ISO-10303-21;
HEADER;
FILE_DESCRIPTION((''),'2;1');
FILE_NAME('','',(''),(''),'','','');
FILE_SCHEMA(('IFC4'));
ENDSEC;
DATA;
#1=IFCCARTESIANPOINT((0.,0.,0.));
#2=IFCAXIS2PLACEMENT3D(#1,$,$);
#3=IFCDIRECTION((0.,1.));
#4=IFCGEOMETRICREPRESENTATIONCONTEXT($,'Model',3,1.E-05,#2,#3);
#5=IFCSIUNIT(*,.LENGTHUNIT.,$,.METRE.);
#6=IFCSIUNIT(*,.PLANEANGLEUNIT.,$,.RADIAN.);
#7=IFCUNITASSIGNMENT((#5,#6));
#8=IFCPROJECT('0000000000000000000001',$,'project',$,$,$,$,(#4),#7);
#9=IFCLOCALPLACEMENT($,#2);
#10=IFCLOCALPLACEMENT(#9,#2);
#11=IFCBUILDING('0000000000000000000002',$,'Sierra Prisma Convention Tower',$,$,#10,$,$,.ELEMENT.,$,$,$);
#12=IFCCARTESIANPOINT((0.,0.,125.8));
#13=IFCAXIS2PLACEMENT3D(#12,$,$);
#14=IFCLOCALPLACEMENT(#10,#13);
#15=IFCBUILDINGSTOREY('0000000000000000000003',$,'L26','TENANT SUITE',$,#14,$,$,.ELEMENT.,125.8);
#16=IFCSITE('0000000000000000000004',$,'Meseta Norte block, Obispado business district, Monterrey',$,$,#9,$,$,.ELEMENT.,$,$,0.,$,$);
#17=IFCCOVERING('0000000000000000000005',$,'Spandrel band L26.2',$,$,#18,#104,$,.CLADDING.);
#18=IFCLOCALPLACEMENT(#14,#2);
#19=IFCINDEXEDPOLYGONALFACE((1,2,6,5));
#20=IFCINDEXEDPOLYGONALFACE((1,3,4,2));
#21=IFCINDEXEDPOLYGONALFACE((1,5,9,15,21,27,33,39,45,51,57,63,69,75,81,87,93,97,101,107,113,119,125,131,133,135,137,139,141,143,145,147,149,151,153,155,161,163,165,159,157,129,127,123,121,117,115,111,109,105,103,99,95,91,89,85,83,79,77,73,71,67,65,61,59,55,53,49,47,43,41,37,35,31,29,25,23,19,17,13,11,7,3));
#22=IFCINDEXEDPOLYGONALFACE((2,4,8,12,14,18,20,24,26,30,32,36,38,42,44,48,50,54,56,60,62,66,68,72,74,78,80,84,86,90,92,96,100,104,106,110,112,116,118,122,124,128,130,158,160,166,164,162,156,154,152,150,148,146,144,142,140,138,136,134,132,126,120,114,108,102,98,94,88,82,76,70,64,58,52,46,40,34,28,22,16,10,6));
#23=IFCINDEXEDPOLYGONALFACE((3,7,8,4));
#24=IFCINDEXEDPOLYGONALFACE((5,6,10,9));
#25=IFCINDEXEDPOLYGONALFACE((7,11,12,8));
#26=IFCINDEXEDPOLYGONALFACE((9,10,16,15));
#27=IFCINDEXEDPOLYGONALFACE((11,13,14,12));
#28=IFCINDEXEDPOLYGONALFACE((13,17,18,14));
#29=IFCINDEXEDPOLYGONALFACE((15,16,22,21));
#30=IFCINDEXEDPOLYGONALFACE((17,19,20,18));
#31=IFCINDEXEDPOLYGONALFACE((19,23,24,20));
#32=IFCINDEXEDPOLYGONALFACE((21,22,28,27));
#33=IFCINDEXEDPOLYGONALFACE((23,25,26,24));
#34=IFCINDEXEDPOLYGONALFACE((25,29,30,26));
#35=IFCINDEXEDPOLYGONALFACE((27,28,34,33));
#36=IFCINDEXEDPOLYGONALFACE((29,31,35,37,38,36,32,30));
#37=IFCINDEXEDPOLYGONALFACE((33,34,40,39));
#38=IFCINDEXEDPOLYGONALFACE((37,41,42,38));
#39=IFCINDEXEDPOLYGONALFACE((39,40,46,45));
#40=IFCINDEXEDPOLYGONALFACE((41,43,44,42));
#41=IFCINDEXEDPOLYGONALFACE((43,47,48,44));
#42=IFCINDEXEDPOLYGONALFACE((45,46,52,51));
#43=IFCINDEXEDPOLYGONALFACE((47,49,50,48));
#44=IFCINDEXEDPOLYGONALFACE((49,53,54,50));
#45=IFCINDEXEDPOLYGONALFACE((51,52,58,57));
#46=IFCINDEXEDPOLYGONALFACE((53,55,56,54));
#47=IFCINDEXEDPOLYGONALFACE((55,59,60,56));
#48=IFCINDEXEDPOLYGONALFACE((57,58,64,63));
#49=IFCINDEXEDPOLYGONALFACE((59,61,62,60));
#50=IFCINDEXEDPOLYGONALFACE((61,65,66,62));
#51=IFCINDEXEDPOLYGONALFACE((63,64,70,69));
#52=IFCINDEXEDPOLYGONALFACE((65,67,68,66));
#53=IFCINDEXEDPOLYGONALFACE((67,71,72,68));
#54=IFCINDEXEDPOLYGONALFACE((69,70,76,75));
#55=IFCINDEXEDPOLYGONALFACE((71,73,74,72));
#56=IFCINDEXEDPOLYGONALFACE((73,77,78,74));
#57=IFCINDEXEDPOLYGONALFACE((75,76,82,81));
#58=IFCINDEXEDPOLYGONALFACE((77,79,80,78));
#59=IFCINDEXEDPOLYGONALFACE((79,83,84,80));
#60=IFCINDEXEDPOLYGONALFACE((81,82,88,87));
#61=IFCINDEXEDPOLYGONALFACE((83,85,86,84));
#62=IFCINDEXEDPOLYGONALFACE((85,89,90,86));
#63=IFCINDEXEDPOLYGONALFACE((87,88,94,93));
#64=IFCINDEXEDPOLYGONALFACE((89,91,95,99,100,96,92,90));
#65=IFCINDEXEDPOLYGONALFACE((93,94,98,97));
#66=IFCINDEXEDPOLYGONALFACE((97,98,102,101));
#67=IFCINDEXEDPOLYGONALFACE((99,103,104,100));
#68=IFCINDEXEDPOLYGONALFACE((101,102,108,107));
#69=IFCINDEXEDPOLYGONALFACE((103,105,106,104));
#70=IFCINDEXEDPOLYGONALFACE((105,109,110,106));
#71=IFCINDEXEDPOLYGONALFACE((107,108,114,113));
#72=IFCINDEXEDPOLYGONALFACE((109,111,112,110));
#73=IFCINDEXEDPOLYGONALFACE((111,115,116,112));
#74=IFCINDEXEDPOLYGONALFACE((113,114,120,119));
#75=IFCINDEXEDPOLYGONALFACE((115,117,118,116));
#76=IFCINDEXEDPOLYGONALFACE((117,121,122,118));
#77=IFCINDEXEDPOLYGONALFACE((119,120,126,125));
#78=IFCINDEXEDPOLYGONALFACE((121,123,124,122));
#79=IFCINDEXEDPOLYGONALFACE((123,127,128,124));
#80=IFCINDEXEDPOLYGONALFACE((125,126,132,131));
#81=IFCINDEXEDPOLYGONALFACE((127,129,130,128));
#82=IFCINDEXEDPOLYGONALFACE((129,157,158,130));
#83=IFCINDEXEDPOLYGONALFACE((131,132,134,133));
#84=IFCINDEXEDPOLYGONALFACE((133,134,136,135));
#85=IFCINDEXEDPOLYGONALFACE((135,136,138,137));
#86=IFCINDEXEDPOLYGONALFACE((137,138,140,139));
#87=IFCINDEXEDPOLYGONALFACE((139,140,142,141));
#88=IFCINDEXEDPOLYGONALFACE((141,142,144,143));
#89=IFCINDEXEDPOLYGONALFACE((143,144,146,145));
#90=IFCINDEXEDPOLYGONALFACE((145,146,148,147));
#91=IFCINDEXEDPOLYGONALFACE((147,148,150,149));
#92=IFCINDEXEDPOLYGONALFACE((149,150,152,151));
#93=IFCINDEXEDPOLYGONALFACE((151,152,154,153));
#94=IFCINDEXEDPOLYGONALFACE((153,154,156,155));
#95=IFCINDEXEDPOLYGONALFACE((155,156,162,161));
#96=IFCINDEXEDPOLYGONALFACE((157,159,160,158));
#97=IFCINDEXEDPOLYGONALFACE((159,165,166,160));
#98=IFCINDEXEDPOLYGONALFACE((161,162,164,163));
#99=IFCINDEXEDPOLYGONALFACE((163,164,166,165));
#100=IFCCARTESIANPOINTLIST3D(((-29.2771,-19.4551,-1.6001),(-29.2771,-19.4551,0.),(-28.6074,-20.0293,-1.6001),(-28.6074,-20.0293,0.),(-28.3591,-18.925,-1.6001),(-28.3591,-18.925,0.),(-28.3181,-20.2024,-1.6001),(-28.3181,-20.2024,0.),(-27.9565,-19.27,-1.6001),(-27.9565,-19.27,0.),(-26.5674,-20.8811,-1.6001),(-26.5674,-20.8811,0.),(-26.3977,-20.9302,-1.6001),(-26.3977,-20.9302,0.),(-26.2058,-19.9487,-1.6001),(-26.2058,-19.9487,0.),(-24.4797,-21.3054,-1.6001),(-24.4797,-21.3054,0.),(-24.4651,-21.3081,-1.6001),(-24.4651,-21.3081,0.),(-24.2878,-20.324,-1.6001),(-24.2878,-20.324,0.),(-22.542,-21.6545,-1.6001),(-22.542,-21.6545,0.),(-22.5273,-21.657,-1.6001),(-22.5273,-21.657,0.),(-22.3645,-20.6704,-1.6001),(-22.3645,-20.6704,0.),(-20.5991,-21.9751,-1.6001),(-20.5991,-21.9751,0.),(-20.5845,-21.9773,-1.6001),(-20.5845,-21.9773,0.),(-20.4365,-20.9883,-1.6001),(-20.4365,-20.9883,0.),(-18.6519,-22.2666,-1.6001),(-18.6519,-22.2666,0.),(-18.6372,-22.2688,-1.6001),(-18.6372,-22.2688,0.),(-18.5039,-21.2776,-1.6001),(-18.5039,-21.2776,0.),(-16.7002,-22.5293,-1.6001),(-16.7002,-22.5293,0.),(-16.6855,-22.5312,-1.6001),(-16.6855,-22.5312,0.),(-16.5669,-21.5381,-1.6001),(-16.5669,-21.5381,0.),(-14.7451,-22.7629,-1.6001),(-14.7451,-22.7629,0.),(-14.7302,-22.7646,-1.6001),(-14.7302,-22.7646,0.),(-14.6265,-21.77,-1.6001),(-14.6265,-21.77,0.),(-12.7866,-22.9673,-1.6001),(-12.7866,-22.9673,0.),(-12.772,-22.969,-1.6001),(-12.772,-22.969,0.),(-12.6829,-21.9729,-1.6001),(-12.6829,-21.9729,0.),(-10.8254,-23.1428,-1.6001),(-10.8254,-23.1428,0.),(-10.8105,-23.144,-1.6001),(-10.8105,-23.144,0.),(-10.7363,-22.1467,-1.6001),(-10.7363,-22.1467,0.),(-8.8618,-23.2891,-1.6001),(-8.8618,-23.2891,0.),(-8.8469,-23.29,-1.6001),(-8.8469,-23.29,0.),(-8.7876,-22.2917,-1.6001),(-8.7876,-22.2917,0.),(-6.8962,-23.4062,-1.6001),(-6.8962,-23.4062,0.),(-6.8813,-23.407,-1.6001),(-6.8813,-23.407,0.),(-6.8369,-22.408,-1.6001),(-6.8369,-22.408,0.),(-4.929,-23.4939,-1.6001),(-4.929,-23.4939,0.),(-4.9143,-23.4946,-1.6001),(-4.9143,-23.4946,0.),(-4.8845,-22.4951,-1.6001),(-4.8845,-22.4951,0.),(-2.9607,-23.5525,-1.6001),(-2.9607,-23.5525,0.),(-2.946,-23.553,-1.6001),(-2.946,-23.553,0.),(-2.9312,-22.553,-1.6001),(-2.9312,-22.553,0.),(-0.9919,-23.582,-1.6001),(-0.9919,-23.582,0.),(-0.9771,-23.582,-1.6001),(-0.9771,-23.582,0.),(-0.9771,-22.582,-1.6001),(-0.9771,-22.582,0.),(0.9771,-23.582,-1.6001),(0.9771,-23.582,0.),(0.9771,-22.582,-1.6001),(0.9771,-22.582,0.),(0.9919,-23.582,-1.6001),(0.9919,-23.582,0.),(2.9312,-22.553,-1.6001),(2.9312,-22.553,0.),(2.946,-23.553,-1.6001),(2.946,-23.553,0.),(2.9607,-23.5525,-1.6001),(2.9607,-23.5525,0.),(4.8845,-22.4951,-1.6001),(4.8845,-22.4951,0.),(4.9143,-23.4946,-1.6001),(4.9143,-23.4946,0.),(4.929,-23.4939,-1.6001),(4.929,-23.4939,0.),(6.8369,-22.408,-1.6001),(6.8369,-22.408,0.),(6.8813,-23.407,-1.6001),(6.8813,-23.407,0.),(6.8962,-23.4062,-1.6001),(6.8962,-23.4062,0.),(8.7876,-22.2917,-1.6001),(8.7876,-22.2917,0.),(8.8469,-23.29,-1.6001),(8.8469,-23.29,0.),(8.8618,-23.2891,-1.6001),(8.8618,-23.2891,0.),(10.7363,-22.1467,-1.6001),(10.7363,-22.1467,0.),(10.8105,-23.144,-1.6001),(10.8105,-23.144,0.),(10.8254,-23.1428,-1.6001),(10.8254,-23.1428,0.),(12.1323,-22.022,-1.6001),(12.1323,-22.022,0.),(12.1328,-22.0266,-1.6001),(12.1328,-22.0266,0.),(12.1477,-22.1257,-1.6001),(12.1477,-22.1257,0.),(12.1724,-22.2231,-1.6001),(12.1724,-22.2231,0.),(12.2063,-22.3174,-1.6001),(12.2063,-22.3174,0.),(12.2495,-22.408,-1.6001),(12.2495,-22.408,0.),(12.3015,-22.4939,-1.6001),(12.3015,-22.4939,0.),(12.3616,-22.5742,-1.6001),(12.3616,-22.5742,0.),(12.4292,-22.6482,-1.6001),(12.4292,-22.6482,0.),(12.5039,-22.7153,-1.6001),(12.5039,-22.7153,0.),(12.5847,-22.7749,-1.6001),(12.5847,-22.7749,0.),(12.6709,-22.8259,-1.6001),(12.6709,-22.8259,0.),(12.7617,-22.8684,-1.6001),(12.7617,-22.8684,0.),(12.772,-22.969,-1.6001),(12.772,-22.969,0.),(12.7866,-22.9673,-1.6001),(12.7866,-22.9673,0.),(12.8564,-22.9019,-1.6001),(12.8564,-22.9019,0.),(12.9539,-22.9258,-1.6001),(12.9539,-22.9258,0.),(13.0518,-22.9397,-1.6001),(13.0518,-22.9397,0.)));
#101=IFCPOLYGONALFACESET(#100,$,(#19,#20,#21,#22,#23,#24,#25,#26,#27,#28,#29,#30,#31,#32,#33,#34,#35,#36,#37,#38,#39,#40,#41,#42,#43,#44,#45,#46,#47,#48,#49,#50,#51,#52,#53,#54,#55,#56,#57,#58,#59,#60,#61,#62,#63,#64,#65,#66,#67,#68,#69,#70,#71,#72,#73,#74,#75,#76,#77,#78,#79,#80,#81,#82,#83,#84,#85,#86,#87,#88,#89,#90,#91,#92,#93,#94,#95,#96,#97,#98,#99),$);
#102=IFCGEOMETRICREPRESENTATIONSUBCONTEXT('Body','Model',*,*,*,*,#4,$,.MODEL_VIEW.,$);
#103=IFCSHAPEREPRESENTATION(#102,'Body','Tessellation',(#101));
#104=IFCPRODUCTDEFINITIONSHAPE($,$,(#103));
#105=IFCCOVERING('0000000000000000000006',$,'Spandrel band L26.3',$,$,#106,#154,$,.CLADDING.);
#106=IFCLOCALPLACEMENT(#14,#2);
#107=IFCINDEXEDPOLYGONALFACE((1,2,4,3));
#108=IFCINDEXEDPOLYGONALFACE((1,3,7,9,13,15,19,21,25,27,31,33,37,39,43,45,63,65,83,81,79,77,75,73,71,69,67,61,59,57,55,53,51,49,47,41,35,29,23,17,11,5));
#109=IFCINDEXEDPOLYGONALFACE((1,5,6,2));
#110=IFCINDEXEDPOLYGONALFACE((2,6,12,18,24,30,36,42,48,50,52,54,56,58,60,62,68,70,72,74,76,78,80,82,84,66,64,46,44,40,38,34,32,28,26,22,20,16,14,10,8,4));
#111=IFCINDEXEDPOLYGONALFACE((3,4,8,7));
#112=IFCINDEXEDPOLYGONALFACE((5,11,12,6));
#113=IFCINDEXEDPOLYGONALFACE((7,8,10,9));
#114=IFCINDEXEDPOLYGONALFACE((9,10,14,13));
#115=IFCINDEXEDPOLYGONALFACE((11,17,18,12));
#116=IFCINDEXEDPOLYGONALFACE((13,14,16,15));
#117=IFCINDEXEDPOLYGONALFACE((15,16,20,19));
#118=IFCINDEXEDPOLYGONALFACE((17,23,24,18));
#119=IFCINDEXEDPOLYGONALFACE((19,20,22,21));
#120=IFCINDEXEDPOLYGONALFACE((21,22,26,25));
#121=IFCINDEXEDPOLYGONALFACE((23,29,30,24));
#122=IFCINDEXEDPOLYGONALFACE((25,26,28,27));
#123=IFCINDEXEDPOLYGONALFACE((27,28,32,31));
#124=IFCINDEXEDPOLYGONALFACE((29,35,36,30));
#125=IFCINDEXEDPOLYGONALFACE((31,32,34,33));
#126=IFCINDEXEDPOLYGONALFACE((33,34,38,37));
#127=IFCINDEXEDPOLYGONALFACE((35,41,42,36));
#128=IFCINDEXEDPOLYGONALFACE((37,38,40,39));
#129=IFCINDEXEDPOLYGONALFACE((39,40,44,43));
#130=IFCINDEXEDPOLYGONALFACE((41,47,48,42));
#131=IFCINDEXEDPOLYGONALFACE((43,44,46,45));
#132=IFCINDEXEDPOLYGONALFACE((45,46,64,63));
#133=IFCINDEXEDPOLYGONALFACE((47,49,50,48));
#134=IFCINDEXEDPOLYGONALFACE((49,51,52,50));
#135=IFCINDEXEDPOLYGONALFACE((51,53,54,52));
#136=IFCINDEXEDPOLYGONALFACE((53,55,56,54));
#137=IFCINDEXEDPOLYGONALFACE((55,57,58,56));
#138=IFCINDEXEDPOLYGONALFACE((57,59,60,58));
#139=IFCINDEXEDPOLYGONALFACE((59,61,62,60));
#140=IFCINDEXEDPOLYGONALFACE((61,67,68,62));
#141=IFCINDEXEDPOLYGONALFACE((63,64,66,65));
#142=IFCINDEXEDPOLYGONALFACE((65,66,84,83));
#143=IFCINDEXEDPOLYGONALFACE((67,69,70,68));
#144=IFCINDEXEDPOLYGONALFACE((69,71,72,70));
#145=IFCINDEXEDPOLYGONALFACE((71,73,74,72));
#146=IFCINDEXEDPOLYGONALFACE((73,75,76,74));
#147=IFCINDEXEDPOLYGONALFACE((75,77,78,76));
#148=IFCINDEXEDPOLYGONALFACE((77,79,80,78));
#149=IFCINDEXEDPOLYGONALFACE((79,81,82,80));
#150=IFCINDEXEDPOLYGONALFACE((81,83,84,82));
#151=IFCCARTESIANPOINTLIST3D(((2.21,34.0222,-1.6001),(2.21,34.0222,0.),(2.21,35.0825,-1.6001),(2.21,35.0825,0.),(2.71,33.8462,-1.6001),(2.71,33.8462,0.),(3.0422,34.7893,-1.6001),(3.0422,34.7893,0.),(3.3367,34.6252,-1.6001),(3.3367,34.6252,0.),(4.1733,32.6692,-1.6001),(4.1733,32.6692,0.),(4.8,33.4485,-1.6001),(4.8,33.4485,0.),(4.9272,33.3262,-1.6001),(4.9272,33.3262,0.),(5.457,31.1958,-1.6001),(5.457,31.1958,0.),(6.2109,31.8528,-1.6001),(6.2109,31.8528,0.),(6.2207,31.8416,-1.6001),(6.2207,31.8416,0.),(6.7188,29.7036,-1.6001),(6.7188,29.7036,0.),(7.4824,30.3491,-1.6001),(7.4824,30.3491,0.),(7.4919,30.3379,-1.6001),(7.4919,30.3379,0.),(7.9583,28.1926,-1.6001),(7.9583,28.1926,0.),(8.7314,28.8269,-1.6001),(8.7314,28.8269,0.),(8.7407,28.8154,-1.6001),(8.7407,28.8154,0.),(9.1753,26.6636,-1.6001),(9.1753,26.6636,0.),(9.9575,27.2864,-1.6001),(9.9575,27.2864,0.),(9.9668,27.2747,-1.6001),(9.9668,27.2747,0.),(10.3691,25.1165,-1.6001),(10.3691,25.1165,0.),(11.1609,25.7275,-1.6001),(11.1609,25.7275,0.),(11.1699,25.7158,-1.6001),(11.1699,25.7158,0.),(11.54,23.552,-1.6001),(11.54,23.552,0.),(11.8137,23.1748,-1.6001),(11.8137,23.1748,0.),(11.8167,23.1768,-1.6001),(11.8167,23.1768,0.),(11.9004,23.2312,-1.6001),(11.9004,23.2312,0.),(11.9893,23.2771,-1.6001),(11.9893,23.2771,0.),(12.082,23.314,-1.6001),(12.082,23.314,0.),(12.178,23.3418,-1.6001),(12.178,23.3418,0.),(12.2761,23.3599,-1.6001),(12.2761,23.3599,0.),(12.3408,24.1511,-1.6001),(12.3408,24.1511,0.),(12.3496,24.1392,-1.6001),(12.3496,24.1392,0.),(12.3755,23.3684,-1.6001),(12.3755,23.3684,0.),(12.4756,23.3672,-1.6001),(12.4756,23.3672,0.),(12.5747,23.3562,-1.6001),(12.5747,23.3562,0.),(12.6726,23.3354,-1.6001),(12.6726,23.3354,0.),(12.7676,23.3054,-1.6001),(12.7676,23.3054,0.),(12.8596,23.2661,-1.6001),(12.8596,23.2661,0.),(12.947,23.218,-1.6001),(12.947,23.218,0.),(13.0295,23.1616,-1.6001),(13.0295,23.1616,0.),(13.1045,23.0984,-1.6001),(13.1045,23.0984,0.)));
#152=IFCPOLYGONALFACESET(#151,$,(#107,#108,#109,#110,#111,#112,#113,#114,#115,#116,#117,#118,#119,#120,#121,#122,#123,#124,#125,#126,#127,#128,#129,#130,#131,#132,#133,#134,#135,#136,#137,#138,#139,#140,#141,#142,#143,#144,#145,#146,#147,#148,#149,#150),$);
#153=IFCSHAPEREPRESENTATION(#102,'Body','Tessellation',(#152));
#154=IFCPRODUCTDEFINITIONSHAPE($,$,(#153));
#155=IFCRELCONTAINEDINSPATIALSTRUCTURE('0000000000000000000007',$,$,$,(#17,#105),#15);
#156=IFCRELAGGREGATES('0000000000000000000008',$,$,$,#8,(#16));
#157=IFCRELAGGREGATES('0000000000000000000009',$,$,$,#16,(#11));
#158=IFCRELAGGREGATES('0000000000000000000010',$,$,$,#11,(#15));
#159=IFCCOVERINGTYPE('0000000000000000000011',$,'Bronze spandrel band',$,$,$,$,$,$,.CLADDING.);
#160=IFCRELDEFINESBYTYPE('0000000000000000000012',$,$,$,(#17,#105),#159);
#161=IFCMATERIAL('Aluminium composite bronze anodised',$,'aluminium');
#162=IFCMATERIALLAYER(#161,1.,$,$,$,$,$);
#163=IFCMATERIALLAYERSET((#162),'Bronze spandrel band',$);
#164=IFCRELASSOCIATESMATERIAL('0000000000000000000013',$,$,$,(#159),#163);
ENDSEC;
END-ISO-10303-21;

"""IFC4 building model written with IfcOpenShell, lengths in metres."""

from ifc_helpers import new_model, si_unit, direction, frame, origin, place, context, subcontext, project, spatial, polyline, outline, extrude, material, layer, layer_set, type_object, element, save


model = new_model("IFC4")

# Units and contexts
model_context = context("Model", 3, precision=1e-05, world=origin(), true_north=direction((0.0, 1.0)))
body_context = subcontext(model_context, "Body", "Model", "MODEL_VIEW")
ifc_project = project(units=[si_unit("LENGTHUNIT", "METRE"), si_unit("PLANEANGLEUNIT", "RADIAN")], contexts=[model_context])

# Site, building, storey
site_placement = place(None, origin())
site = spatial("IfcSite", under=ifc_project, at=site_placement, Name="Meseta Norte block, Obispado business district, Monterrey", CompositionType="ELEMENT", RefElevation=0.0)
building_placement = place(site_placement, origin())
building = spatial("IfcBuilding", under=site, at=building_placement, Name="Sierra Prisma Convention Tower", CompositionType="ELEMENT")
storey_placement = place(building_placement, frame((0.0, 0.0, 125.8)))
storey = spatial("IfcBuildingStorey", under=building, at=storey_placement, Name="L26", Description="TENANT SUITE", CompositionType="ELEMENT", Elevation=125.8)

# Coverings
ifc_material_1 = material(Name="Aluminium composite bronze anodised", Category="aluminium")
ifc_layer_1 = layer(ifc_material_1, 1.0)
ifc_layer_set_1 = layer_set([ifc_layer_1], Name="Bronze spandrel band")
covering_type_1 = type_object("IfcCoveringType", Name="Bronze spandrel band", PredefinedType="CLADDING", material=ifc_layer_set_1)
covering_1_placement = place(storey_placement, frame((0.0, 0.0, -1.6001)))
element("IfcCovering", 1, at=covering_1_placement, inside=storey, type_object=covering_type_1, Name="Spandrel band L26.2", PredefinedType="CLADDING", context=body_context, shape_type="SweptSolid", body=[
    extrude(outline(polyline([(-26.2058, -19.9487), (-24.2878, -20.324), (-22.3645, -20.6704), (-20.4365, -20.9883), (-18.5039, -21.2776), (-16.5669, -21.5381), (-14.6265, -21.77), (-12.6829, -21.9729), (-10.7363, -22.1467), (-8.7876, -22.2917), (-6.8369, -22.408), (-4.8845, -22.4951), (-2.9312, -22.553), (-0.9771, -22.582), (0.9771, -22.582), (2.9312, -22.553), (4.8845, -22.4951), (6.8369, -22.408), (8.7876, -22.2917), (10.7363, -22.1467), (12.1323, -22.022), (12.1328, -22.0266), (12.1477, -22.1257), (12.1724, -22.2231), (12.2063, -22.3174), (12.2495, -22.408), (12.3015, -22.4939), (12.3616, -22.5742), (12.4292, -22.6482), (12.5039, -22.7153), (12.5847, -22.7749), (12.6709, -22.8259), (12.7617, -22.8684), (12.8564, -22.9019), (12.9539, -22.9258), (13.0518, -22.9397), (12.7866, -22.9673), (12.772, -22.969), (10.8254, -23.1428), (10.8105, -23.144), (8.8618, -23.2891), (8.8469, -23.29), (6.8962, -23.4062), (6.8813, -23.407), (4.929, -23.4939), (4.9143, -23.4946), (2.9607, -23.5525), (2.946, -23.553), (0.9919, -23.582), (0.9771, -23.582), (-0.9771, -23.582), (-0.9919, -23.582), (-2.946, -23.553), (-2.9607, -23.5525), (-4.9143, -23.4946), (-4.929, -23.4939), (-6.8813, -23.407), (-6.8962, -23.4062), (-8.8469, -23.29), (-8.8618, -23.2891), (-10.8105, -23.144), (-10.8254, -23.1428), (-12.772, -22.969), (-12.7866, -22.9673), (-14.7302, -22.7646), (-14.7451, -22.7629), (-16.6855, -22.5312), (-16.7002, -22.5293), (-18.6372, -22.2688), (-18.6519, -22.2666), (-20.5845, -21.9773), (-20.5991, -21.9751), (-22.5273, -21.657), (-22.542, -21.6545), (-24.4651, -21.3081), (-24.4797, -21.3054), (-26.3977, -20.9302), (-26.5674, -20.8811), (-28.3181, -20.2024), (-28.6074, -20.0293), (-29.2771, -19.4551), (-28.3591, -18.925), (-27.9565, -19.27), (-26.2058, -19.9487)])), origin(), (0.0, 0.0, 1.0), 1.6001),
])
covering_2_placement = place(storey_placement, frame((0.0, 0.0, -1.6001)))
element("IfcCovering", 2, at=covering_2_placement, inside=storey, type_object=covering_type_1, Name="Spandrel band L26.3", PredefinedType="CLADDING", context=body_context, shape_type="SweptSolid", body=[
    extrude(outline(polyline([(4.8, 33.4485), (4.9272, 33.3262), (6.2109, 31.8528), (6.2207, 31.8416), (7.4824, 30.3491), (7.4919, 30.3379), (8.7314, 28.8269), (8.7407, 28.8154), (9.9575, 27.2864), (9.9668, 27.2747), (11.1609, 25.7275), (11.1699, 25.7158), (12.3408, 24.1511), (12.3496, 24.1392), (13.1045, 23.0984), (13.0295, 23.1616), (12.947, 23.218), (12.8596, 23.2661), (12.7676, 23.3054), (12.6726, 23.3354), (12.5747, 23.3562), (12.4756, 23.3672), (12.3755, 23.3684), (12.2761, 23.3599), (12.178, 23.3418), (12.082, 23.314), (11.9893, 23.2771), (11.9004, 23.2312), (11.8167, 23.1768), (11.8137, 23.1748), (11.54, 23.552), (10.3691, 25.1165), (9.1753, 26.6636), (7.9583, 28.1926), (6.7188, 29.7036), (5.457, 31.1958), (4.1733, 32.6692), (2.71, 33.8462), (2.21, 34.0222), (2.21, 35.0825), (3.0422, 34.7893), (3.3367, 34.6252), (4.8, 33.4485)])), origin(), (0.0, 0.0, 1.0), 1.6001),
])

save(model, "model.ifc")
